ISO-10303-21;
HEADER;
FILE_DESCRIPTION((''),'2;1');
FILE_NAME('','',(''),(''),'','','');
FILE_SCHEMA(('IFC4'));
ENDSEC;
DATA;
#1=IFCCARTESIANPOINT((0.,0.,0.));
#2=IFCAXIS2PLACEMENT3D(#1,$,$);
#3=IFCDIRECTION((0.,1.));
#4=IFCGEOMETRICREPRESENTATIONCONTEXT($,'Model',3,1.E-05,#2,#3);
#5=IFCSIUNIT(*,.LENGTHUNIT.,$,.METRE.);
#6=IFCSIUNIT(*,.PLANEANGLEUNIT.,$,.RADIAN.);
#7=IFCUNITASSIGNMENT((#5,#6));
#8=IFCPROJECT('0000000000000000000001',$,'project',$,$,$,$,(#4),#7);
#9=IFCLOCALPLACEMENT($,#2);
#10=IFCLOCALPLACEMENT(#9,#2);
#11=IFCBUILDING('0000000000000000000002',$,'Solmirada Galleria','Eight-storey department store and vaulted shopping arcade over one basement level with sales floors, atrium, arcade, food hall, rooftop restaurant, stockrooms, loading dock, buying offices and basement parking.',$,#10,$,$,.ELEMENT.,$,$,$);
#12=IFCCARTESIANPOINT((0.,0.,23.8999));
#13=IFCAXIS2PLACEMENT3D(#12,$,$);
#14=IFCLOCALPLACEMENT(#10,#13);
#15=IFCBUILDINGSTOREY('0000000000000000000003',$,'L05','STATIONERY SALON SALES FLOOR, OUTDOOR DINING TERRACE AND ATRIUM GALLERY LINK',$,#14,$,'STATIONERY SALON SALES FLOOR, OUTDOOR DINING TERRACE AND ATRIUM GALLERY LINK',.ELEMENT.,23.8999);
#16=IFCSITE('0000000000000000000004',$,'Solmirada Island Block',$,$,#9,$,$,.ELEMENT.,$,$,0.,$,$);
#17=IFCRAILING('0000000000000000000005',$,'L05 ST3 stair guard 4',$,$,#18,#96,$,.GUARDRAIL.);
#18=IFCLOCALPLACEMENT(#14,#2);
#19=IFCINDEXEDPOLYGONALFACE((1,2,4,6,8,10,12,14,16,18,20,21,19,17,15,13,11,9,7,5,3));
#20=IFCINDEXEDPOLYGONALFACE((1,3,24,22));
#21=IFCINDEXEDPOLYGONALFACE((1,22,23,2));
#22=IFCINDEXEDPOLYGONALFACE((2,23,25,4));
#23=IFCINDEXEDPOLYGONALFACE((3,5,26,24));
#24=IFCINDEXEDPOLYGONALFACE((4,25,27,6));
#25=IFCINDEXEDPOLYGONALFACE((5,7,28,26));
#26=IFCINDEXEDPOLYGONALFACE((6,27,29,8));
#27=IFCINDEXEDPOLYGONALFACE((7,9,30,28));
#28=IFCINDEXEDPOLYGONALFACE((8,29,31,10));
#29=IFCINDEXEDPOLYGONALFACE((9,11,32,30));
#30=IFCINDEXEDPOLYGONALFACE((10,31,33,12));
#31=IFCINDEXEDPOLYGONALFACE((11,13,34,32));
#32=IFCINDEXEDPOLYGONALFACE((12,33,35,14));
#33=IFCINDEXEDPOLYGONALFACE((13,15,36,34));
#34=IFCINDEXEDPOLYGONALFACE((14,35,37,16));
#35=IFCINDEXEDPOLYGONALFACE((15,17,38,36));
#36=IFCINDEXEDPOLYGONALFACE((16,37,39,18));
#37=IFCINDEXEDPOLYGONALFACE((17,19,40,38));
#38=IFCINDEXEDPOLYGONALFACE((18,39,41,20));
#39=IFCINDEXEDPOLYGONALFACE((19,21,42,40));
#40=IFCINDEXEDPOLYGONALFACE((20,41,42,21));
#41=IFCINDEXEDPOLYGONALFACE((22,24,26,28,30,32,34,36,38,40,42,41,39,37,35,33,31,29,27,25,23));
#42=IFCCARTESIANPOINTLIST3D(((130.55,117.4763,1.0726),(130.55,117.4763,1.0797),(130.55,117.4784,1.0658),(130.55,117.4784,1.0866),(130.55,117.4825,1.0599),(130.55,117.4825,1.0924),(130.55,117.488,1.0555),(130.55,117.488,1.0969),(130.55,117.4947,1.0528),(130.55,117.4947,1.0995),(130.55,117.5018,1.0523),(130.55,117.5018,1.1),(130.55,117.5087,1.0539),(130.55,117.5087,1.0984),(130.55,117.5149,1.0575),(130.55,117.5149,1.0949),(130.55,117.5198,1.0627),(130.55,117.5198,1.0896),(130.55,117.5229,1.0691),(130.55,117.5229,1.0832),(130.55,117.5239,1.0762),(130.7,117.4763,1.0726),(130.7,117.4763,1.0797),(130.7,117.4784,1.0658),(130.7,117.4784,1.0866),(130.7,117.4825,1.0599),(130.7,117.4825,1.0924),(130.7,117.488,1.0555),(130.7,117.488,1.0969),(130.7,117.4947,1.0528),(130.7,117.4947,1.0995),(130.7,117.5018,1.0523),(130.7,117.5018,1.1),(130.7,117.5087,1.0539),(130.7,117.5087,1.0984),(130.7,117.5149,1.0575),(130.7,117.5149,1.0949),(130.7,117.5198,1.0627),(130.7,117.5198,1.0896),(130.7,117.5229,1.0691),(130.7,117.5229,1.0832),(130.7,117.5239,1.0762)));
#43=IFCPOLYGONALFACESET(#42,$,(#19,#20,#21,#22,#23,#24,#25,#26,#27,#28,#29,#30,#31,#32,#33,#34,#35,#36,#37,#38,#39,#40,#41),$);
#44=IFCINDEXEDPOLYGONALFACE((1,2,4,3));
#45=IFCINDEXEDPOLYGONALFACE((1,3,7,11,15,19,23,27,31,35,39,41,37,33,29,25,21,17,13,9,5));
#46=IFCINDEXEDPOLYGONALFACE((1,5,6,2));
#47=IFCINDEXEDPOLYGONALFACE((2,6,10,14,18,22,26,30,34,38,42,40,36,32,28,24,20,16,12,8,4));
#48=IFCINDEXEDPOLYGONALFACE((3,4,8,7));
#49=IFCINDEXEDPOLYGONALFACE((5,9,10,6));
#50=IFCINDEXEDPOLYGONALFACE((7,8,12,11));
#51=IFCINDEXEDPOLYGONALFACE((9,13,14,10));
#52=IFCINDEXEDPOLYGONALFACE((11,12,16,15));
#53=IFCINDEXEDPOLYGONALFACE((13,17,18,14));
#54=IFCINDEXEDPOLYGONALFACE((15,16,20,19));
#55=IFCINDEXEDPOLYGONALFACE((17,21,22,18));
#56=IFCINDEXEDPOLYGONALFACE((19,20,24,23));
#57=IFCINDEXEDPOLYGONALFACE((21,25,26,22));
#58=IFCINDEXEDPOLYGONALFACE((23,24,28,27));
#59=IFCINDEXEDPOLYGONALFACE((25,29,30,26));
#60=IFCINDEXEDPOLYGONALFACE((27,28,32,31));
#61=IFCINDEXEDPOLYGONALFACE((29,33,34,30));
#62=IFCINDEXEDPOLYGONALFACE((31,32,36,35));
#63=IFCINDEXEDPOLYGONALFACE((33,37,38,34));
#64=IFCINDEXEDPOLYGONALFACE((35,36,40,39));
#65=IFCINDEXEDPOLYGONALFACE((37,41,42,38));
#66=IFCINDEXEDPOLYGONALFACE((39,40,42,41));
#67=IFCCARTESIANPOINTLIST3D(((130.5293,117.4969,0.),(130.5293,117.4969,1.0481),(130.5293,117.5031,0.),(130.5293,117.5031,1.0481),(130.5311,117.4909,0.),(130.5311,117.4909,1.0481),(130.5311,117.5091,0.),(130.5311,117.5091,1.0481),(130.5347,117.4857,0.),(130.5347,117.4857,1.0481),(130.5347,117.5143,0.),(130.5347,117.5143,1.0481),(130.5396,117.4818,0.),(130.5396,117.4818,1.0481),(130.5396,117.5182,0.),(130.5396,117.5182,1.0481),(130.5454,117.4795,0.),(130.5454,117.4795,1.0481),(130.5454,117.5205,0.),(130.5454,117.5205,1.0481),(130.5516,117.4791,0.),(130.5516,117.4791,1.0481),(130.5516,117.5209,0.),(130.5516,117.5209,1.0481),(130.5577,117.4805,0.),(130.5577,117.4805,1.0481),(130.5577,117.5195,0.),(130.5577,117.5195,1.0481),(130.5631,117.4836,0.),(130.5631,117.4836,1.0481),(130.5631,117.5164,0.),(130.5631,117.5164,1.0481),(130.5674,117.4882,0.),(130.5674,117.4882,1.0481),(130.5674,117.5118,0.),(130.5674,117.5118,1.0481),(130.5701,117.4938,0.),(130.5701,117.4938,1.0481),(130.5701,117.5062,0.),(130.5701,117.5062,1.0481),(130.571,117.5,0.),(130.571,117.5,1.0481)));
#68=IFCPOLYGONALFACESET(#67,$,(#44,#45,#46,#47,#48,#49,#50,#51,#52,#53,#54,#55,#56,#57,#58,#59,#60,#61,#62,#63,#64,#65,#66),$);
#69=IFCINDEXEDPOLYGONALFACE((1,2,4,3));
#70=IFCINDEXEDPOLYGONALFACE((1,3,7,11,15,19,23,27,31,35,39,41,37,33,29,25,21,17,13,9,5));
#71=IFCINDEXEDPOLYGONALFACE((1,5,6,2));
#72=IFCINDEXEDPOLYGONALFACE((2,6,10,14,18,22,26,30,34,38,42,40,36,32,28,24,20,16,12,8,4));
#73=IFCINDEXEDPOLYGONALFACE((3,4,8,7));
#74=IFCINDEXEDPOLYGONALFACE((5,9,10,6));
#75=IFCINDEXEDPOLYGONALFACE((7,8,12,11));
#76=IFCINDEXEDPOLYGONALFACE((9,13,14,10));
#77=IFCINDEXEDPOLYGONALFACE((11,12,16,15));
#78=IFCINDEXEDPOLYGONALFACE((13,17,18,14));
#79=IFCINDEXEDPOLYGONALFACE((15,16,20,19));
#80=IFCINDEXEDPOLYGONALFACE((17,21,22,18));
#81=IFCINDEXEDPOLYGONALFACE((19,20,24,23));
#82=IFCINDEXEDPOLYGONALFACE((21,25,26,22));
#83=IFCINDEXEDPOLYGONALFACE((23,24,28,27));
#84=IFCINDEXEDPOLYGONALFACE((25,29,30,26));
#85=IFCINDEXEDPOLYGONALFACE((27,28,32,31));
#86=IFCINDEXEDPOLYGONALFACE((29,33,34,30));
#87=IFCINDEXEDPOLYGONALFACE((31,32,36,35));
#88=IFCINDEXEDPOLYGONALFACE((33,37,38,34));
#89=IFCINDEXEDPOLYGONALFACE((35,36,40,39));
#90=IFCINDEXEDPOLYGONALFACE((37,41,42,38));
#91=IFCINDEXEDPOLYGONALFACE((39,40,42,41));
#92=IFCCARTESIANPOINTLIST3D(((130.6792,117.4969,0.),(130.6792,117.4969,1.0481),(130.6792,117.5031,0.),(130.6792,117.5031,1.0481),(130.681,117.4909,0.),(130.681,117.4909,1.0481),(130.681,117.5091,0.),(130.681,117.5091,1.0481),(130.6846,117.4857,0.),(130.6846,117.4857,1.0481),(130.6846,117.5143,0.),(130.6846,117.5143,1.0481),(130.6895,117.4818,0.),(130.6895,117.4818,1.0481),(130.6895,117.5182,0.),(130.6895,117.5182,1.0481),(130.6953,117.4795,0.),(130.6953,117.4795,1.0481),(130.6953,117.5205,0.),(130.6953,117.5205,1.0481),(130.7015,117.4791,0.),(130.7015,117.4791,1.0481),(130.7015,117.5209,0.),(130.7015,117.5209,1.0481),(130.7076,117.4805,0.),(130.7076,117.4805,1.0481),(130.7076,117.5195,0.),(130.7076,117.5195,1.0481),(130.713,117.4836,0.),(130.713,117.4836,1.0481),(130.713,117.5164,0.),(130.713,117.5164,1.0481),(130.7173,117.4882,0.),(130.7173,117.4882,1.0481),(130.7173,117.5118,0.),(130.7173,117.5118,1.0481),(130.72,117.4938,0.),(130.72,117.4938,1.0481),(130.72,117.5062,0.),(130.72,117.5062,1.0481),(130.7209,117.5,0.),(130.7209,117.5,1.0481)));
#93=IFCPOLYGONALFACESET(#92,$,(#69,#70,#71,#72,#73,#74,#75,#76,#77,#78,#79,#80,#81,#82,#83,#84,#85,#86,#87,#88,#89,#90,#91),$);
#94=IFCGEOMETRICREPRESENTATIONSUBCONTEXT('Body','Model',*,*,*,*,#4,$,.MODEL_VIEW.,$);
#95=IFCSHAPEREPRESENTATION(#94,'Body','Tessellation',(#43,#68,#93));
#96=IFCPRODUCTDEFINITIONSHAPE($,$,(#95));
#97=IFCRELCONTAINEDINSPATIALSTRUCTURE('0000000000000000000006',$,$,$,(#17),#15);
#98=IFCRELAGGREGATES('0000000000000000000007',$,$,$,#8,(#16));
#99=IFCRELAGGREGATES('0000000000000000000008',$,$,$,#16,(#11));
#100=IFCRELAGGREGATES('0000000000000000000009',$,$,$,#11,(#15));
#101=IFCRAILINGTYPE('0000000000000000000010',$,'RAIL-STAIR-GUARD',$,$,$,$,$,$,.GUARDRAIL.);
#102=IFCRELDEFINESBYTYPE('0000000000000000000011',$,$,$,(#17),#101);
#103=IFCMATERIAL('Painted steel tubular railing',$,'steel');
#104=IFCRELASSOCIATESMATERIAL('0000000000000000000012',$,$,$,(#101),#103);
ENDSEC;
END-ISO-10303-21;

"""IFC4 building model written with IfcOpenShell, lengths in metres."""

from ifc_helpers import new_model, si_unit, direction, frame, origin, origin_2d, place, context, subcontext, project, spatial, circle, extrude, material, type_object, element, save


model = new_model("IFC4")

# Units and contexts
model_context = context("Model", 3, precision=1e-05, world=origin(), true_north=direction((0.0, 1.0)))
body_context = subcontext(model_context, "Body", "Model", "MODEL_VIEW")
ifc_project = project(units=[si_unit("LENGTHUNIT", "METRE"), si_unit("PLANEANGLEUNIT", "RADIAN")], contexts=[model_context])

# Site, building, storey
site_placement = place(None, origin())
site = spatial("IfcSite", under=ifc_project, at=site_placement, Name="Solmirada Island Block", CompositionType="ELEMENT", RefElevation=0.0)
building_placement = place(site_placement, origin())
building = spatial("IfcBuilding", under=site, at=building_placement, Name="Solmirada Galleria", Description="Eight-storey department store and vaulted shopping arcade over one basement level with sales floors, atrium, arcade, food hall, rooftop restaurant, stockrooms, loading dock, buying offices and basement parking.", CompositionType="ELEMENT")
storey_placement = place(building_placement, frame((0.0, 0.0, 23.8999)))
storey = spatial("IfcBuildingStorey", under=building, at=storey_placement, Name="L05", Description="STATIONERY SALON SALES FLOOR, OUTDOOR DINING TERRACE AND ATRIUM GALLERY LINK", LongName="STATIONERY SALON SALES FLOOR, OUTDOOR DINING TERRACE AND ATRIUM GALLERY LINK", CompositionType="ELEMENT", Elevation=23.8999)

# Railing
ifc_material_1 = material(Name="Painted steel tubular railing", Category="steel")
railing_type_1 = type_object("IfcRailingType", Name="RAIL-STAIR-GUARD", PredefinedType="GUARDRAIL", material=ifc_material_1)
railing_1_placement = place(storey_placement, frame((130.55, 117.5, 0.0)))
element("IfcRailing", 1, at=railing_1_placement, inside=storey, type_object=railing_type_1, Name="L05 ST3 stair guard 4", PredefinedType="GUARDRAIL", context=body_context, shape_type="SweptSolid", body=[
    extrude(circle(Radius=0.0239, at=origin_2d()), frame((0.0, 0.0, 1.0762), z_axis=(1.0, 0.0, 0.0), x_axis=(0.0, 1.0, 0.0)), (0.0, 0.0, 1.0), 0.1499),
    extrude(circle(Radius=0.021, at=origin_2d()), origin(), (0.0, 0.0, 1.0), 1.0481),
    extrude(circle(Radius=0.021, at=origin_2d()), frame((0.1499, 0.0, 0.0)), (0.0, 0.0, 1.0), 1.0481),
])

save(model, "model.ifc")
